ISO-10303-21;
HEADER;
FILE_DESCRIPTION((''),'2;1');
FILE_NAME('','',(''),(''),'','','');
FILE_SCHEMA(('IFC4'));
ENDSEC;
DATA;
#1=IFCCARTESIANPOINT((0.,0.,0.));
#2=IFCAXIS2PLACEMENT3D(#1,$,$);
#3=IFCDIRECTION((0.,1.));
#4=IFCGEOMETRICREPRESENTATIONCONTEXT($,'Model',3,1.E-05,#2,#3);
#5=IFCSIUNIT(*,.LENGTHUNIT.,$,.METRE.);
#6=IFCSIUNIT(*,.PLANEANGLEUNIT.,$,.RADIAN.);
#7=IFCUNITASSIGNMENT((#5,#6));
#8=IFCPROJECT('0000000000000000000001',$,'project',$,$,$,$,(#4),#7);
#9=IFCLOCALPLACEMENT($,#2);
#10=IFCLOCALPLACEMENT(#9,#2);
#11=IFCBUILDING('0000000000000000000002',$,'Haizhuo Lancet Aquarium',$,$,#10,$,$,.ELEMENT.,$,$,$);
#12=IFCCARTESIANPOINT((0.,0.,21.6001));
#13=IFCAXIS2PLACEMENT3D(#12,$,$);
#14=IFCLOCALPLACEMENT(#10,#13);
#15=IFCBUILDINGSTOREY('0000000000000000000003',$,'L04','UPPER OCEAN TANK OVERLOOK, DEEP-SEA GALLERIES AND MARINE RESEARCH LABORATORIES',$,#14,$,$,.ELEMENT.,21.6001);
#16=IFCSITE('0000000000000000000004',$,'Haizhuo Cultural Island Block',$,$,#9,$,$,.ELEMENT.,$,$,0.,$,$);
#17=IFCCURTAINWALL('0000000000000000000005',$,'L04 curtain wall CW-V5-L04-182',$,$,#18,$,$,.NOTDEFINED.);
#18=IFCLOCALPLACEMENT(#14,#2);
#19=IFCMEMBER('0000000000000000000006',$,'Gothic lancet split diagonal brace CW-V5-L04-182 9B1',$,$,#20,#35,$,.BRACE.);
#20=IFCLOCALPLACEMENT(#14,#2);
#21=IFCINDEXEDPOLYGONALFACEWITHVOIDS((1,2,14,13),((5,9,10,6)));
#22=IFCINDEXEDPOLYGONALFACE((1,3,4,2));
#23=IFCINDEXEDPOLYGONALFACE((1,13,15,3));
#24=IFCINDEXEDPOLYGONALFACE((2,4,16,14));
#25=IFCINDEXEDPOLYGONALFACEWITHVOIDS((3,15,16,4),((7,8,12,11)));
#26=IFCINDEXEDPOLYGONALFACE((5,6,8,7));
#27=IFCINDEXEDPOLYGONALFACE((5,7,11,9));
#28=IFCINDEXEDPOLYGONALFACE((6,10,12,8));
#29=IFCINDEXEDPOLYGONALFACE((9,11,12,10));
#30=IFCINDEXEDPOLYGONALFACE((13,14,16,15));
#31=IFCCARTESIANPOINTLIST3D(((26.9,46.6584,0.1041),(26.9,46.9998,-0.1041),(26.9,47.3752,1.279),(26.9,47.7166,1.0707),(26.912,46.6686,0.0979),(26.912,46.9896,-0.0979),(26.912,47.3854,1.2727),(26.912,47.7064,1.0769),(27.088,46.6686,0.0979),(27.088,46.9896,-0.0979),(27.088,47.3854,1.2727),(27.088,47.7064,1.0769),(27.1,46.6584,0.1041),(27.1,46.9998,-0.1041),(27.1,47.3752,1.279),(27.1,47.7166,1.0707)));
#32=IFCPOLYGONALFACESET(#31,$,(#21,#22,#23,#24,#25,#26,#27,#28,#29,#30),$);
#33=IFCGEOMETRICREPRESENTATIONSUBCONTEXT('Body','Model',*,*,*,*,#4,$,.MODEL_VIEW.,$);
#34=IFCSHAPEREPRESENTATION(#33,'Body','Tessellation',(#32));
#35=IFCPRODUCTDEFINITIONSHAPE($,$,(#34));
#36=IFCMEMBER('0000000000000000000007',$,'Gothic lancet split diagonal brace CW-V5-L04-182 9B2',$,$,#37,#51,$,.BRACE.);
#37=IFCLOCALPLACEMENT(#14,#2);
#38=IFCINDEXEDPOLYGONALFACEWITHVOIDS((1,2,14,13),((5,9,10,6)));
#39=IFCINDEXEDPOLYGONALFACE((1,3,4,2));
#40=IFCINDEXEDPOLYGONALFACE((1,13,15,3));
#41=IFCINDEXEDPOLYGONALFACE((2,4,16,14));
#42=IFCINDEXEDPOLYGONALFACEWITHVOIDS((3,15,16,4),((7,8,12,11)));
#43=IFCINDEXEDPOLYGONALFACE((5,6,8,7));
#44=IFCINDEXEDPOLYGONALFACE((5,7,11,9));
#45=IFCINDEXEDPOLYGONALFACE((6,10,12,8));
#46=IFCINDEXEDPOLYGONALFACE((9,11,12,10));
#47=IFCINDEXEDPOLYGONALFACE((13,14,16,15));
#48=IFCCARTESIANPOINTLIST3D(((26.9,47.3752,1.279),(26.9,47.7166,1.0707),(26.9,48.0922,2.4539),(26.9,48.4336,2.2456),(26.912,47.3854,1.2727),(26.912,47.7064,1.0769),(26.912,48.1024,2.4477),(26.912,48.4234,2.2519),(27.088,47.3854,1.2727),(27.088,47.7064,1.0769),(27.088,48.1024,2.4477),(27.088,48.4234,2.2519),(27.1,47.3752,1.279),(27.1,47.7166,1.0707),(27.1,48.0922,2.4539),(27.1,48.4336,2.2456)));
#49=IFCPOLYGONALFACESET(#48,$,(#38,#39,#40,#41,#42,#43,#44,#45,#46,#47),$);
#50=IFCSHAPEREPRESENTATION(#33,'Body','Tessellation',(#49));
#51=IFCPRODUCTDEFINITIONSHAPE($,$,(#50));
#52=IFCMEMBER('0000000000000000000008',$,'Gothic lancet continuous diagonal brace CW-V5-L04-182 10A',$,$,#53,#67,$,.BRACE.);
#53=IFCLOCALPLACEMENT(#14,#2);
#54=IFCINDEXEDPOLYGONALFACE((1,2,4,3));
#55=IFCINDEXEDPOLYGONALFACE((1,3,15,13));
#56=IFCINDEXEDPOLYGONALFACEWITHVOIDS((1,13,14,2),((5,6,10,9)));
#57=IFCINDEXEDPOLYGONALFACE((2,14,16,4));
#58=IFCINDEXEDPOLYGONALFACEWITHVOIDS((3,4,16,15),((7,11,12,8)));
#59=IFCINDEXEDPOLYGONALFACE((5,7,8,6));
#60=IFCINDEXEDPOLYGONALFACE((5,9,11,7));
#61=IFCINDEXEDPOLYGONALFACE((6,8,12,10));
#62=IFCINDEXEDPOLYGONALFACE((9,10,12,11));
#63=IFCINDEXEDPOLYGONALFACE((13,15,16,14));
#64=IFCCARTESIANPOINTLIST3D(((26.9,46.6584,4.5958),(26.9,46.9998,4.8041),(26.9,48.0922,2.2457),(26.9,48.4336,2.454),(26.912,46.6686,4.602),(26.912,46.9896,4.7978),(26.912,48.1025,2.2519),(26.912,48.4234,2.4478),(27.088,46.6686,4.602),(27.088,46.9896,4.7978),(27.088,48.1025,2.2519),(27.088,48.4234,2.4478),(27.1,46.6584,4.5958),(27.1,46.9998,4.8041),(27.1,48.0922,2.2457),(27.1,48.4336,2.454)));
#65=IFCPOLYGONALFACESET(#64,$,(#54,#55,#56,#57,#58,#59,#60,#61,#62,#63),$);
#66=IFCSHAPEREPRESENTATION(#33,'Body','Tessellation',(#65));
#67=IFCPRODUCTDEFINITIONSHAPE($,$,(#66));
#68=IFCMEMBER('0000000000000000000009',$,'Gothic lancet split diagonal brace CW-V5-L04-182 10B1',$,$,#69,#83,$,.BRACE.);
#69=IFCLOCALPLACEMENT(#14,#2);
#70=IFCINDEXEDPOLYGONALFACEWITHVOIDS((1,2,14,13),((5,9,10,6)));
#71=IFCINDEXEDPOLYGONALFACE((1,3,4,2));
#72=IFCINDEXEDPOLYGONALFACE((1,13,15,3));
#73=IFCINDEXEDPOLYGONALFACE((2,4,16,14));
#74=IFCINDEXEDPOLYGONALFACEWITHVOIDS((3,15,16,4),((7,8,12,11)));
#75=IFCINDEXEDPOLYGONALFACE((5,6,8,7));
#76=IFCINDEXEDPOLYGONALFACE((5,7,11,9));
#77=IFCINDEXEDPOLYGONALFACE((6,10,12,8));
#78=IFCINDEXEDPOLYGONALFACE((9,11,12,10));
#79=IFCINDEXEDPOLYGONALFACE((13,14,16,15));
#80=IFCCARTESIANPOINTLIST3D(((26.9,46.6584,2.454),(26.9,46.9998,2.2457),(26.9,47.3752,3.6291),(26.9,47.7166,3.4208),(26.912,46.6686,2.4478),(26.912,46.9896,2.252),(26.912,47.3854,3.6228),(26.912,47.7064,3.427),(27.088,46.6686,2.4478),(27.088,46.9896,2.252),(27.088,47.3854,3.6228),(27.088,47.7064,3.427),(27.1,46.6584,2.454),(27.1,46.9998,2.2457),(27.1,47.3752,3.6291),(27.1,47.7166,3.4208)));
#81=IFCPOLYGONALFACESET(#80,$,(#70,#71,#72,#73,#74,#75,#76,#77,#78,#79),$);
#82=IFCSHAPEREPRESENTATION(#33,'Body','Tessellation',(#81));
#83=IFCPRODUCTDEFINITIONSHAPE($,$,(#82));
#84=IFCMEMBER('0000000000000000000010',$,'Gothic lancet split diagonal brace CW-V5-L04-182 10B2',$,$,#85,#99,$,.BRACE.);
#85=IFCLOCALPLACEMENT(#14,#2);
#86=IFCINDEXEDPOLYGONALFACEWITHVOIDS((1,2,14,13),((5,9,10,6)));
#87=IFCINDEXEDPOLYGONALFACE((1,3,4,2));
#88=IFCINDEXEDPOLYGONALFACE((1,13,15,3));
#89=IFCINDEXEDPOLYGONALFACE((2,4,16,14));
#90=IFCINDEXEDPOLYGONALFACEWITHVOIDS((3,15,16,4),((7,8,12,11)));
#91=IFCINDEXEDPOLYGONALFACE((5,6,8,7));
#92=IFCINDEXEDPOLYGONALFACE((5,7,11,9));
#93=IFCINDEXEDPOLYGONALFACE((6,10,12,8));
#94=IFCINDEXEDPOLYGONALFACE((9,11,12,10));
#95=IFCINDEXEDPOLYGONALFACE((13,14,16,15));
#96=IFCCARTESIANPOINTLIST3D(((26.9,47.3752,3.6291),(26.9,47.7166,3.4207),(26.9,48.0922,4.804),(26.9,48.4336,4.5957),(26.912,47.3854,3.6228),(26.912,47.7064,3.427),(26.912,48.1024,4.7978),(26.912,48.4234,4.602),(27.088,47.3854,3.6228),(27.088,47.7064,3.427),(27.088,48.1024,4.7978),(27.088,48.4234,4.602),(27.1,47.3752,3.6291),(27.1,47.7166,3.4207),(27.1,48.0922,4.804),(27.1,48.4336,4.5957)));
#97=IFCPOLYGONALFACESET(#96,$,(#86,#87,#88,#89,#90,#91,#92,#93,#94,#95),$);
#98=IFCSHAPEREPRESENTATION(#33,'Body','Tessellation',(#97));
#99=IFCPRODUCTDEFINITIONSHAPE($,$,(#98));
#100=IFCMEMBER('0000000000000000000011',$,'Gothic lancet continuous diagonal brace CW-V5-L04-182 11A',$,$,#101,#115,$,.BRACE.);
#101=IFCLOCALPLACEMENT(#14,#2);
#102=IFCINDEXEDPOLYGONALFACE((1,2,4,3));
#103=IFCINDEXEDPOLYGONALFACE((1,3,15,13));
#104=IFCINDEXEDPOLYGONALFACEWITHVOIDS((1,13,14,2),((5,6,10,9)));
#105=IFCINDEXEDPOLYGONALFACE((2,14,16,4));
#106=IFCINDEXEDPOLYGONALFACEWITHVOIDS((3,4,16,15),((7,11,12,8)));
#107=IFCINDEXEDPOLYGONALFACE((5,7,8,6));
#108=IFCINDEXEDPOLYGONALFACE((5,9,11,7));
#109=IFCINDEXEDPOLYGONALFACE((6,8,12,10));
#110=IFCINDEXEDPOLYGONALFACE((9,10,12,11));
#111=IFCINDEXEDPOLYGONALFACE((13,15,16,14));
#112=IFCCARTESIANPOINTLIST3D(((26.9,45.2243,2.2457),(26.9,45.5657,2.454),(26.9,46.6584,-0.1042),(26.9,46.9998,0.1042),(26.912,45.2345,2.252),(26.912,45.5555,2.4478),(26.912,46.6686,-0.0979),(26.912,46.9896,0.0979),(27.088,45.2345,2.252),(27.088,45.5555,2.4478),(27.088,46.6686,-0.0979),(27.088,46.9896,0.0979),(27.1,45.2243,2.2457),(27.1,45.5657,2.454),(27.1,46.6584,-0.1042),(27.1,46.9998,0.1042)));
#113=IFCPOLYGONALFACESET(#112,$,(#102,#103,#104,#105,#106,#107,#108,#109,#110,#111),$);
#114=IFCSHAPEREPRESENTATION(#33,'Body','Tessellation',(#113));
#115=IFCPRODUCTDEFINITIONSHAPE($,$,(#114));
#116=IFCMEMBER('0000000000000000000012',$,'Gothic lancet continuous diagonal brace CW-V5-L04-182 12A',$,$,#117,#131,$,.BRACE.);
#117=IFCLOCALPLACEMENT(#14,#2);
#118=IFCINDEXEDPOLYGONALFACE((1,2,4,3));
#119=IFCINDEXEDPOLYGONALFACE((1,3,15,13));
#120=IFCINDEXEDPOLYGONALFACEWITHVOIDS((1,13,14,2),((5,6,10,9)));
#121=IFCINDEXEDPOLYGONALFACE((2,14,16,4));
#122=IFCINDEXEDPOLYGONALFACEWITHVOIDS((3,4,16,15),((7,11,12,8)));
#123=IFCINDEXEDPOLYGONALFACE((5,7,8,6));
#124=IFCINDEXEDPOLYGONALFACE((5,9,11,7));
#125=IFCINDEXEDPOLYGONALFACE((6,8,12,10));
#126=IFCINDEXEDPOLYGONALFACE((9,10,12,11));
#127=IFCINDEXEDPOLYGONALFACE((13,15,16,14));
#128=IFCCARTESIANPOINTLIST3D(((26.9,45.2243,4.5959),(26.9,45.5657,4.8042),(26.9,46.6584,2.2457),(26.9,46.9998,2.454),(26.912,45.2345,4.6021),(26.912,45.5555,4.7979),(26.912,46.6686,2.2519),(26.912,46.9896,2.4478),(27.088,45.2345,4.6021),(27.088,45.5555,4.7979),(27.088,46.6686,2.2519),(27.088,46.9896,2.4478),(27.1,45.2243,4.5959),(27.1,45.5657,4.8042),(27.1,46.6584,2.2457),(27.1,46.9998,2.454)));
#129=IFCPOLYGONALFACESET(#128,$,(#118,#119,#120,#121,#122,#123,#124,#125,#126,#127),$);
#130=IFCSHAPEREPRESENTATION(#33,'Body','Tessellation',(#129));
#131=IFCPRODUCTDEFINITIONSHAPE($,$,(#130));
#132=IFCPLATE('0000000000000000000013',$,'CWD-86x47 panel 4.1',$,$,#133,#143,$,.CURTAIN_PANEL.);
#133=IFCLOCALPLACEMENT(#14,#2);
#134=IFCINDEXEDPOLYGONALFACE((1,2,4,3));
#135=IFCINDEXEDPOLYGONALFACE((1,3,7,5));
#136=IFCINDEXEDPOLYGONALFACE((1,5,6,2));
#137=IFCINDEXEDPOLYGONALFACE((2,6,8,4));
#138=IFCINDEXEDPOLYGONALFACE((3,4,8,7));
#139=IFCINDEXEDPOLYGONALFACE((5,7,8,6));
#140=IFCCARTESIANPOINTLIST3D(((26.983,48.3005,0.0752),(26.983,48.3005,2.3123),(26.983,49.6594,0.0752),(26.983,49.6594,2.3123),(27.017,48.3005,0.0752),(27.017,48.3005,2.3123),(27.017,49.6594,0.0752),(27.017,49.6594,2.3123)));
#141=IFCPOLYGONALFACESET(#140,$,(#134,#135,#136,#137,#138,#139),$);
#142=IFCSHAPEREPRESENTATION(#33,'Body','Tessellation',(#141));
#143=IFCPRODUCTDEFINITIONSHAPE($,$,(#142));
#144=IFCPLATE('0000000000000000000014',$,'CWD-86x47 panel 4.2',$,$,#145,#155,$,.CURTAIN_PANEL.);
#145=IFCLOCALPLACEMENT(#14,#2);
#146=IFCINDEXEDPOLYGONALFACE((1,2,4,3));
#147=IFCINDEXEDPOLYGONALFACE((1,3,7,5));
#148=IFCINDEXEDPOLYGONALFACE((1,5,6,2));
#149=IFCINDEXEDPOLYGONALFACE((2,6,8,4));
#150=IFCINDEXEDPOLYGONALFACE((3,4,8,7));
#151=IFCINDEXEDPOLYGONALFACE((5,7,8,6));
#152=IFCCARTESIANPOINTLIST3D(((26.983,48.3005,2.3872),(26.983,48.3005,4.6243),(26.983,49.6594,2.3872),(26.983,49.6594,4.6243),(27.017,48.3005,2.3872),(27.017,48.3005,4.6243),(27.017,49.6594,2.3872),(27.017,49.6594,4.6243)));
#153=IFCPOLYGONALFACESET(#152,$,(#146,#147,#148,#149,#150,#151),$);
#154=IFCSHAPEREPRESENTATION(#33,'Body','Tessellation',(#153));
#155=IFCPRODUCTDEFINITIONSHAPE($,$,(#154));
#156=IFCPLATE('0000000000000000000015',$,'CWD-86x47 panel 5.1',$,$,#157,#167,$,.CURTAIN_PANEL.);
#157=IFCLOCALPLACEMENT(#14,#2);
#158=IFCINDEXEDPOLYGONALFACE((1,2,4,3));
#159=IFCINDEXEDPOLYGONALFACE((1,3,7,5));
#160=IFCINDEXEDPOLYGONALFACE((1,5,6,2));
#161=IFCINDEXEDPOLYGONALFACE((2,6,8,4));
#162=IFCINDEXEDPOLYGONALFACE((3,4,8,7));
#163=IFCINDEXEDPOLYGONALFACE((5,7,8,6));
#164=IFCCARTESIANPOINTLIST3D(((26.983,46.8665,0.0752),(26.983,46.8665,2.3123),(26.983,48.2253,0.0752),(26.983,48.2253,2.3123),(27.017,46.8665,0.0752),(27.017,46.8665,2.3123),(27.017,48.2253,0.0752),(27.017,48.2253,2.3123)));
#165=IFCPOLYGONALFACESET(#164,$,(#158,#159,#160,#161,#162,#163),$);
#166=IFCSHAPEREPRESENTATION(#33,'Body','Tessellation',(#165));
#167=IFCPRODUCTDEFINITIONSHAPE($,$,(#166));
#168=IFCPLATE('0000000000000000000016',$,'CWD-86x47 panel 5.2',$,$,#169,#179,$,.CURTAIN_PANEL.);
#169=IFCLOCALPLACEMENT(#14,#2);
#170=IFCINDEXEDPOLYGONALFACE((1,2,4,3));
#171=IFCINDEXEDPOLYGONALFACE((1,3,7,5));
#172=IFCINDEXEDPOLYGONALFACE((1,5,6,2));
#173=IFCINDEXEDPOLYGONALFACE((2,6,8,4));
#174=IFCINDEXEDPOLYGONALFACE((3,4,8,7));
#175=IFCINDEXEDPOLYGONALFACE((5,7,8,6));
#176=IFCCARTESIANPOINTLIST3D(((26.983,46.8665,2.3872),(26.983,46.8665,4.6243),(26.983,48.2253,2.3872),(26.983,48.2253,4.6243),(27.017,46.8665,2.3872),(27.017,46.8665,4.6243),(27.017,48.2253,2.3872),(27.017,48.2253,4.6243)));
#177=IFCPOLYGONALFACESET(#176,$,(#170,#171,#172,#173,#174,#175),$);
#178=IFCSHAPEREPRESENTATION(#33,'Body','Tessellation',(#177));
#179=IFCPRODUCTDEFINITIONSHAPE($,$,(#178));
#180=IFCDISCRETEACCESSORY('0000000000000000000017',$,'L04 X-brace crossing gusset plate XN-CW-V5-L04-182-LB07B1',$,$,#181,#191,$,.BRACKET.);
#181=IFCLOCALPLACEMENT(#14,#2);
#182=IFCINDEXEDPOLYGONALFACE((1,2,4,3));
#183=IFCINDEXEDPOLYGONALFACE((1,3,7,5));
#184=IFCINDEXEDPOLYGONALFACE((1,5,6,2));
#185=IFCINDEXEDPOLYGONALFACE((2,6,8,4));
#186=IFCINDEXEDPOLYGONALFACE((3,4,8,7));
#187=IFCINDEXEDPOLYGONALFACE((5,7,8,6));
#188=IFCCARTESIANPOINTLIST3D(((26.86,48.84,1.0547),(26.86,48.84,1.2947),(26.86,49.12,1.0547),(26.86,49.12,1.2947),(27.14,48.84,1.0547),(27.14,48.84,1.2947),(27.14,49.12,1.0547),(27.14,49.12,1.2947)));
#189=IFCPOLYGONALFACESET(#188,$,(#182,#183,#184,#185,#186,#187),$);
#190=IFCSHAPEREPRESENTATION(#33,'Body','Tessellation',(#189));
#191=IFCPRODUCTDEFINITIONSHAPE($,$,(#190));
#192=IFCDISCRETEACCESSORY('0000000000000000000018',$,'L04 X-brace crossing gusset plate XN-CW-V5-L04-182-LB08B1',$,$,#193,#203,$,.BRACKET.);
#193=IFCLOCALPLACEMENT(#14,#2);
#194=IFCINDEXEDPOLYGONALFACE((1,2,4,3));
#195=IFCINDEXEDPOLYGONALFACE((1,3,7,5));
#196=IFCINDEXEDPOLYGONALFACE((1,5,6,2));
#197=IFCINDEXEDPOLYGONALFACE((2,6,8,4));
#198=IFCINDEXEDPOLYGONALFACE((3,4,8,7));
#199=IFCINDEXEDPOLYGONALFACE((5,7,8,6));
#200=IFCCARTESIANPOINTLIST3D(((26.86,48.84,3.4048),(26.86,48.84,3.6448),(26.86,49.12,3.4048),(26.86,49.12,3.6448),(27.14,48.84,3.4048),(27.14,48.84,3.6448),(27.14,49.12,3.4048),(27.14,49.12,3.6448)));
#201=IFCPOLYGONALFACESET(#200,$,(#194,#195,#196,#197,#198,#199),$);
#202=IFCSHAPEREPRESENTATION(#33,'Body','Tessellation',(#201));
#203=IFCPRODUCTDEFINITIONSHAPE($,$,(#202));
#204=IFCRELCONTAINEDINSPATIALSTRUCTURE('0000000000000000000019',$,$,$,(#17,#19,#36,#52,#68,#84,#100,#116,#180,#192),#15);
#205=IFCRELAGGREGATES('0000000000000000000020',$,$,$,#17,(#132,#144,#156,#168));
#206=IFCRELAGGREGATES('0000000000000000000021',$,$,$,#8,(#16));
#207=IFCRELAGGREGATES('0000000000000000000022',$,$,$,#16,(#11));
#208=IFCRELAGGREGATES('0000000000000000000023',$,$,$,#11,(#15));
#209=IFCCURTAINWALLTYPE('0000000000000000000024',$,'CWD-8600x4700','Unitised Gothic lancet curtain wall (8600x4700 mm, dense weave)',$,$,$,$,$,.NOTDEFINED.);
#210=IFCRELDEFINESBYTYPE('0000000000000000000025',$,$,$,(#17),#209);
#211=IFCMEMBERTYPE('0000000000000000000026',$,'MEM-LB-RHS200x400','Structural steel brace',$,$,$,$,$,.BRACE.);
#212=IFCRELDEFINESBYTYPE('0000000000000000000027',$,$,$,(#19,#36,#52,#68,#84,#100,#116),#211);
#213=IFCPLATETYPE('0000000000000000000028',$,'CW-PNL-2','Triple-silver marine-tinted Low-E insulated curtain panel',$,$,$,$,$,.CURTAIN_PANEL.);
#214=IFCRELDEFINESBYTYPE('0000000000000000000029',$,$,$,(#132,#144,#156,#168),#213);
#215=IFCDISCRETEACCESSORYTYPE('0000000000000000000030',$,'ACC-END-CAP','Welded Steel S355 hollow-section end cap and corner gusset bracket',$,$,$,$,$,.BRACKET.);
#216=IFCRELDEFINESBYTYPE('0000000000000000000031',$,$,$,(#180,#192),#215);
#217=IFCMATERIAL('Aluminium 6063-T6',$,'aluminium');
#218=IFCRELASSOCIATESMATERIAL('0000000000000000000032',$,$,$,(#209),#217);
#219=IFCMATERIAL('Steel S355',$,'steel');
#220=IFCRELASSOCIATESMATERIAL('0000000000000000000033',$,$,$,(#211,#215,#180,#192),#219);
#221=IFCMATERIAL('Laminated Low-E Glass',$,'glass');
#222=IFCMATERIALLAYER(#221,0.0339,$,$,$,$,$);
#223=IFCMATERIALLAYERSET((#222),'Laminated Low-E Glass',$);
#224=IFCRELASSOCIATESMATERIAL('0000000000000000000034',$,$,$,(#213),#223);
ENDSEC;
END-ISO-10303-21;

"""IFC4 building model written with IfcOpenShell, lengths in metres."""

from ifc_helpers import new_model, si_unit, direction, frame, origin, origin_2d, place, context, subcontext, project, spatial, rectangle, hollow_rectangle, extrude, material, layer, layer_set, material_profile, profile_set, type_object, element, aggregate, save


model = new_model("IFC4")

# Units and contexts
model_context = context("Model", 3, precision=1e-05, world=origin(), true_north=direction((0.0, 1.0)))
body_context = subcontext(model_context, "Body", "Model", "MODEL_VIEW")
ifc_project = project(units=[si_unit("LENGTHUNIT", "METRE"), si_unit("PLANEANGLEUNIT", "RADIAN")], contexts=[model_context])

# Site, building, storey
site_placement = place(None, origin())
site = spatial("IfcSite", under=ifc_project, at=site_placement, Name="Haizhuo Cultural Island Block", CompositionType="ELEMENT", RefElevation=0.0)
building_placement = place(site_placement, origin())
building = spatial("IfcBuilding", under=site, at=building_placement, Name="Haizhuo Lancet Aquarium", CompositionType="ELEMENT")
storey_placement = place(building_placement, frame((0.0, 0.0, 21.6001)))
storey = spatial("IfcBuildingStorey", under=building, at=storey_placement, Name="L04", Description="UPPER OCEAN TANK OVERLOOK, DEEP-SEA GALLERIES AND MARINE RESEARCH LABORATORIES", CompositionType="ELEMENT", Elevation=21.6001)

# Curtain wall
ifc_material_1 = material(Name="Aluminium 6063-T6", Category="aluminium")
curtain_wall_type = type_object("IfcCurtainWallType", Name="CWD-8600x4700", Description="Unitised Gothic lancet curtain wall (8600x4700 mm, dense weave)", PredefinedType="NOTDEFINED", material=ifc_material_1)
curtain_wall_placement = place(storey_placement, origin())
curtain_wall = element("IfcCurtainWall", 1, at=curtain_wall_placement, inside=storey, type_object=curtain_wall_type, Name="L04 curtain wall CW-V5-L04-182", PredefinedType="NOTDEFINED")

# Members
ifc_material_2 = material(Name="Steel S355", Category="steel")
ifc_material_profile_1 = material_profile(ifc_material_2, hollow_rectangle(XDim=0.2, YDim=0.3999, WallThickness=0.012, at=origin_2d()), Name="RHS 200x400x12")
ifc_profile_set_1 = profile_set([ifc_material_profile_1], Name="Steel S355")
member_type_1 = type_object("IfcMemberType", Name="MEM-LB-RHS200x400", Description="Structural steel brace", PredefinedType="BRACE", material=ifc_profile_set_1)
member_1_placement = place(storey_placement, frame((27.0, 46.8291, 0.0), z_axis=(0.0, 0.520847, 0.85365), x_axis=(-1.0, 0.0, 0.0)))
element("IfcMember", 2, at=member_1_placement, inside=storey, type_object=member_type_1, Name="Gothic lancet split diagonal brace CW-V5-L04-182 9B1", PredefinedType="BRACE", context=body_context, shape_type="SweptSolid", body=[
    extrude(hollow_rectangle(XDim=0.2, YDim=0.3999, WallThickness=0.012, at=origin_2d()), origin(), (0.0, 0.0, 1.0), 1.3762),
])
member_2_placement = place(storey_placement, frame((27.0, 47.5459, 1.1748), z_axis=(0.0, 0.520898, 0.853619), x_axis=(-1.0, 0.0, 0.0)))
element("IfcMember", 3, at=member_2_placement, inside=storey, type_object=member_type_1, Name="Gothic lancet split diagonal brace CW-V5-L04-182 9B2", PredefinedType="BRACE", context=body_context, shape_type="SweptSolid", body=[
    extrude(hollow_rectangle(XDim=0.2, YDim=0.3999, WallThickness=0.012, at=origin_2d()), origin(), (0.0, 0.0, 1.0), 1.3765),
])
member_3_placement = place(storey_placement, frame((27.0, 48.2629, 2.3499), z_axis=(0.0, -0.520833, 0.853659), x_axis=(1.0, 0.0, 0.0)))
element("IfcMember", 4, at=member_3_placement, inside=storey, type_object=member_type_1, Name="Gothic lancet continuous diagonal brace CW-V5-L04-182 10A", PredefinedType="BRACE", context=body_context, shape_type="SweptSolid", body=[
    extrude(hollow_rectangle(XDim=0.2, YDim=0.3999, WallThickness=0.012, at=origin_2d()), origin(), (0.0, 0.0, 1.0), 2.7529),
])
for number, where, z_axis, x_axis, name in (
    (5, (27.0, 46.8291, 2.3499), (0.0, 0.520768, 0.853698), (-1.0, 0.0, 0.0), "Gothic lancet split diagonal brace CW-V5-L04-182 10B1"),
    (6, (27.0, 47.5459, 3.5249), (0.0, 0.520898, 0.853619), (-1.0, 0.0, 0.0), "Gothic lancet split diagonal brace CW-V5-L04-182 10B2"),
):
    element("IfcMember", number, at=place(storey_placement, frame(where, z_axis=z_axis, x_axis=x_axis)), inside=storey, type_object=member_type_1, Name=name, PredefinedType="BRACE", context=body_context, shape_type="SweptSolid", body=[
        extrude(hollow_rectangle(XDim=0.2, YDim=0.3999, WallThickness=0.012, at=origin_2d()), origin(), (0.0, 0.0, 1.0), 1.3765),
    ])
member_4_placement = place(storey_placement, frame((27.0, 46.8291, 0.0), z_axis=(0.0, -0.520937, 0.853595), x_axis=(1.0, 0.0, 0.0)))
element("IfcMember", 7, at=member_4_placement, inside=storey, type_object=member_type_1, Name="Gothic lancet continuous diagonal brace CW-V5-L04-182 11A", PredefinedType="BRACE", context=body_context, shape_type="SweptSolid", body=[
    extrude(hollow_rectangle(XDim=0.2, YDim=0.3999, WallThickness=0.012, at=origin_2d()), origin(), (0.0, 0.0, 1.0), 2.7529),
])
member_5_placement = place(storey_placement, frame((27.0, 46.8291, 2.3499), z_axis=(0.0, -0.520898, 0.853619), x_axis=(1.0, 0.0, 0.0)))
element("IfcMember", 8, at=member_5_placement, inside=storey, type_object=member_type_1, Name="Gothic lancet continuous diagonal brace CW-V5-L04-182 12A", PredefinedType="BRACE", context=body_context, shape_type="SweptSolid", body=[
    extrude(hollow_rectangle(XDim=0.2, YDim=0.3999, WallThickness=0.012, at=origin_2d()), origin(), (0.0, 0.0, 1.0), 2.7532),
])

# Plates
ifc_material_3 = material(Name="Laminated Low-E Glass", Category="glass")
ifc_layer = layer(ifc_material_3, 0.0339)
ifc_layer_set = layer_set([ifc_layer], Name="Laminated Low-E Glass")
plate_type = type_object("IfcPlateType", Name="CW-PNL-2", Description="Triple-silver marine-tinted Low-E insulated curtain panel", PredefinedType="CURTAIN_PANEL", material=ifc_layer_set)
plate_1_placement = place(storey_placement, frame((27.0, 48.98, 0.0752), z_axis=(0.0, 0.0, 1.0), x_axis=(0.0, -1.0, 0.0)))
plate_1 = element("IfcPlate", 9, at=plate_1_placement, type_object=plate_type, Name="CWD-86x47 panel 4.1", PredefinedType="CURTAIN_PANEL", context=body_context, shape_type="SweptSolid", body=[
    extrude(rectangle(XDim=1.3589, YDim=0.0339, at=origin_2d()), origin(), (0.0, 0.0, 1.0), 2.2371),
])
plate_2_placement = place(storey_placement, frame((27.0, 48.98, 2.3872), z_axis=(0.0, 0.0, 1.0), x_axis=(0.0, -1.0, 0.0)))
plate_2 = element("IfcPlate", 10, at=plate_2_placement, type_object=plate_type, Name="CWD-86x47 panel 4.2", PredefinedType="CURTAIN_PANEL", context=body_context, shape_type="SweptSolid", body=[
    extrude(rectangle(XDim=1.3589, YDim=0.0339, at=origin_2d()), origin(), (0.0, 0.0, 1.0), 2.2371),
])
plate_3_placement = place(storey_placement, frame((27.0, 47.5459, 0.0752), z_axis=(0.0, 0.0, 1.0), x_axis=(0.0, -1.0, 0.0)))
plate_3 = element("IfcPlate", 11, at=plate_3_placement, type_object=plate_type, Name="CWD-86x47 panel 5.1", PredefinedType="CURTAIN_PANEL", context=body_context, shape_type="SweptSolid", body=[
    extrude(rectangle(XDim=1.3589, YDim=0.0339, at=origin_2d()), origin(), (0.0, 0.0, 1.0), 2.2371),
])
plate_4_placement = place(storey_placement, frame((27.0, 47.5459, 2.3872), z_axis=(0.0, 0.0, 1.0), x_axis=(0.0, -1.0, 0.0)))
plate_4 = element("IfcPlate", 12, at=plate_4_placement, type_object=plate_type, Name="CWD-86x47 panel 5.2", PredefinedType="CURTAIN_PANEL", context=body_context, shape_type="SweptSolid", body=[
    extrude(rectangle(XDim=1.3589, YDim=0.0339, at=origin_2d()), origin(), (0.0, 0.0, 1.0), 2.2371),
])
aggregate(curtain_wall, [plate_1, plate_2, plate_3, plate_4])

# Discrete accessories
discrete_accessory_type = type_object("IfcDiscreteAccessoryType", Name="ACC-END-CAP", Description="Welded Steel S355 hollow-section end cap and corner gusset bracket", PredefinedType="BRACKET", material=ifc_material_2)
for number, where, z_axis, x_axis, name in (
    (13, (27.0, 48.98, 1.0547), (0.0, 0.0, 1.0), (1.0, 0.0, 0.0), "L04 X-brace crossing gusset plate XN-CW-V5-L04-182-LB07B1"),
    (14, (27.0, 48.98, 3.4048), (0.0, 0.0, 1.0), (1.0, 0.0, 0.0), "L04 X-brace crossing gusset plate XN-CW-V5-L04-182-LB08B1"),
):
    element("IfcDiscreteAccessory", number, at=place(storey_placement, frame(where, z_axis=z_axis, x_axis=x_axis)), inside=storey, type_object=discrete_accessory_type, material=ifc_material_2, Name=name, PredefinedType="BRACKET", context=body_context, shape_type="SweptSolid", body=[
        extrude(rectangle(XDim=0.28, YDim=0.28, at=origin_2d()), origin(), (0.0, 0.0, 1.0), 0.24),
    ])

save(model, "model.ifc")
